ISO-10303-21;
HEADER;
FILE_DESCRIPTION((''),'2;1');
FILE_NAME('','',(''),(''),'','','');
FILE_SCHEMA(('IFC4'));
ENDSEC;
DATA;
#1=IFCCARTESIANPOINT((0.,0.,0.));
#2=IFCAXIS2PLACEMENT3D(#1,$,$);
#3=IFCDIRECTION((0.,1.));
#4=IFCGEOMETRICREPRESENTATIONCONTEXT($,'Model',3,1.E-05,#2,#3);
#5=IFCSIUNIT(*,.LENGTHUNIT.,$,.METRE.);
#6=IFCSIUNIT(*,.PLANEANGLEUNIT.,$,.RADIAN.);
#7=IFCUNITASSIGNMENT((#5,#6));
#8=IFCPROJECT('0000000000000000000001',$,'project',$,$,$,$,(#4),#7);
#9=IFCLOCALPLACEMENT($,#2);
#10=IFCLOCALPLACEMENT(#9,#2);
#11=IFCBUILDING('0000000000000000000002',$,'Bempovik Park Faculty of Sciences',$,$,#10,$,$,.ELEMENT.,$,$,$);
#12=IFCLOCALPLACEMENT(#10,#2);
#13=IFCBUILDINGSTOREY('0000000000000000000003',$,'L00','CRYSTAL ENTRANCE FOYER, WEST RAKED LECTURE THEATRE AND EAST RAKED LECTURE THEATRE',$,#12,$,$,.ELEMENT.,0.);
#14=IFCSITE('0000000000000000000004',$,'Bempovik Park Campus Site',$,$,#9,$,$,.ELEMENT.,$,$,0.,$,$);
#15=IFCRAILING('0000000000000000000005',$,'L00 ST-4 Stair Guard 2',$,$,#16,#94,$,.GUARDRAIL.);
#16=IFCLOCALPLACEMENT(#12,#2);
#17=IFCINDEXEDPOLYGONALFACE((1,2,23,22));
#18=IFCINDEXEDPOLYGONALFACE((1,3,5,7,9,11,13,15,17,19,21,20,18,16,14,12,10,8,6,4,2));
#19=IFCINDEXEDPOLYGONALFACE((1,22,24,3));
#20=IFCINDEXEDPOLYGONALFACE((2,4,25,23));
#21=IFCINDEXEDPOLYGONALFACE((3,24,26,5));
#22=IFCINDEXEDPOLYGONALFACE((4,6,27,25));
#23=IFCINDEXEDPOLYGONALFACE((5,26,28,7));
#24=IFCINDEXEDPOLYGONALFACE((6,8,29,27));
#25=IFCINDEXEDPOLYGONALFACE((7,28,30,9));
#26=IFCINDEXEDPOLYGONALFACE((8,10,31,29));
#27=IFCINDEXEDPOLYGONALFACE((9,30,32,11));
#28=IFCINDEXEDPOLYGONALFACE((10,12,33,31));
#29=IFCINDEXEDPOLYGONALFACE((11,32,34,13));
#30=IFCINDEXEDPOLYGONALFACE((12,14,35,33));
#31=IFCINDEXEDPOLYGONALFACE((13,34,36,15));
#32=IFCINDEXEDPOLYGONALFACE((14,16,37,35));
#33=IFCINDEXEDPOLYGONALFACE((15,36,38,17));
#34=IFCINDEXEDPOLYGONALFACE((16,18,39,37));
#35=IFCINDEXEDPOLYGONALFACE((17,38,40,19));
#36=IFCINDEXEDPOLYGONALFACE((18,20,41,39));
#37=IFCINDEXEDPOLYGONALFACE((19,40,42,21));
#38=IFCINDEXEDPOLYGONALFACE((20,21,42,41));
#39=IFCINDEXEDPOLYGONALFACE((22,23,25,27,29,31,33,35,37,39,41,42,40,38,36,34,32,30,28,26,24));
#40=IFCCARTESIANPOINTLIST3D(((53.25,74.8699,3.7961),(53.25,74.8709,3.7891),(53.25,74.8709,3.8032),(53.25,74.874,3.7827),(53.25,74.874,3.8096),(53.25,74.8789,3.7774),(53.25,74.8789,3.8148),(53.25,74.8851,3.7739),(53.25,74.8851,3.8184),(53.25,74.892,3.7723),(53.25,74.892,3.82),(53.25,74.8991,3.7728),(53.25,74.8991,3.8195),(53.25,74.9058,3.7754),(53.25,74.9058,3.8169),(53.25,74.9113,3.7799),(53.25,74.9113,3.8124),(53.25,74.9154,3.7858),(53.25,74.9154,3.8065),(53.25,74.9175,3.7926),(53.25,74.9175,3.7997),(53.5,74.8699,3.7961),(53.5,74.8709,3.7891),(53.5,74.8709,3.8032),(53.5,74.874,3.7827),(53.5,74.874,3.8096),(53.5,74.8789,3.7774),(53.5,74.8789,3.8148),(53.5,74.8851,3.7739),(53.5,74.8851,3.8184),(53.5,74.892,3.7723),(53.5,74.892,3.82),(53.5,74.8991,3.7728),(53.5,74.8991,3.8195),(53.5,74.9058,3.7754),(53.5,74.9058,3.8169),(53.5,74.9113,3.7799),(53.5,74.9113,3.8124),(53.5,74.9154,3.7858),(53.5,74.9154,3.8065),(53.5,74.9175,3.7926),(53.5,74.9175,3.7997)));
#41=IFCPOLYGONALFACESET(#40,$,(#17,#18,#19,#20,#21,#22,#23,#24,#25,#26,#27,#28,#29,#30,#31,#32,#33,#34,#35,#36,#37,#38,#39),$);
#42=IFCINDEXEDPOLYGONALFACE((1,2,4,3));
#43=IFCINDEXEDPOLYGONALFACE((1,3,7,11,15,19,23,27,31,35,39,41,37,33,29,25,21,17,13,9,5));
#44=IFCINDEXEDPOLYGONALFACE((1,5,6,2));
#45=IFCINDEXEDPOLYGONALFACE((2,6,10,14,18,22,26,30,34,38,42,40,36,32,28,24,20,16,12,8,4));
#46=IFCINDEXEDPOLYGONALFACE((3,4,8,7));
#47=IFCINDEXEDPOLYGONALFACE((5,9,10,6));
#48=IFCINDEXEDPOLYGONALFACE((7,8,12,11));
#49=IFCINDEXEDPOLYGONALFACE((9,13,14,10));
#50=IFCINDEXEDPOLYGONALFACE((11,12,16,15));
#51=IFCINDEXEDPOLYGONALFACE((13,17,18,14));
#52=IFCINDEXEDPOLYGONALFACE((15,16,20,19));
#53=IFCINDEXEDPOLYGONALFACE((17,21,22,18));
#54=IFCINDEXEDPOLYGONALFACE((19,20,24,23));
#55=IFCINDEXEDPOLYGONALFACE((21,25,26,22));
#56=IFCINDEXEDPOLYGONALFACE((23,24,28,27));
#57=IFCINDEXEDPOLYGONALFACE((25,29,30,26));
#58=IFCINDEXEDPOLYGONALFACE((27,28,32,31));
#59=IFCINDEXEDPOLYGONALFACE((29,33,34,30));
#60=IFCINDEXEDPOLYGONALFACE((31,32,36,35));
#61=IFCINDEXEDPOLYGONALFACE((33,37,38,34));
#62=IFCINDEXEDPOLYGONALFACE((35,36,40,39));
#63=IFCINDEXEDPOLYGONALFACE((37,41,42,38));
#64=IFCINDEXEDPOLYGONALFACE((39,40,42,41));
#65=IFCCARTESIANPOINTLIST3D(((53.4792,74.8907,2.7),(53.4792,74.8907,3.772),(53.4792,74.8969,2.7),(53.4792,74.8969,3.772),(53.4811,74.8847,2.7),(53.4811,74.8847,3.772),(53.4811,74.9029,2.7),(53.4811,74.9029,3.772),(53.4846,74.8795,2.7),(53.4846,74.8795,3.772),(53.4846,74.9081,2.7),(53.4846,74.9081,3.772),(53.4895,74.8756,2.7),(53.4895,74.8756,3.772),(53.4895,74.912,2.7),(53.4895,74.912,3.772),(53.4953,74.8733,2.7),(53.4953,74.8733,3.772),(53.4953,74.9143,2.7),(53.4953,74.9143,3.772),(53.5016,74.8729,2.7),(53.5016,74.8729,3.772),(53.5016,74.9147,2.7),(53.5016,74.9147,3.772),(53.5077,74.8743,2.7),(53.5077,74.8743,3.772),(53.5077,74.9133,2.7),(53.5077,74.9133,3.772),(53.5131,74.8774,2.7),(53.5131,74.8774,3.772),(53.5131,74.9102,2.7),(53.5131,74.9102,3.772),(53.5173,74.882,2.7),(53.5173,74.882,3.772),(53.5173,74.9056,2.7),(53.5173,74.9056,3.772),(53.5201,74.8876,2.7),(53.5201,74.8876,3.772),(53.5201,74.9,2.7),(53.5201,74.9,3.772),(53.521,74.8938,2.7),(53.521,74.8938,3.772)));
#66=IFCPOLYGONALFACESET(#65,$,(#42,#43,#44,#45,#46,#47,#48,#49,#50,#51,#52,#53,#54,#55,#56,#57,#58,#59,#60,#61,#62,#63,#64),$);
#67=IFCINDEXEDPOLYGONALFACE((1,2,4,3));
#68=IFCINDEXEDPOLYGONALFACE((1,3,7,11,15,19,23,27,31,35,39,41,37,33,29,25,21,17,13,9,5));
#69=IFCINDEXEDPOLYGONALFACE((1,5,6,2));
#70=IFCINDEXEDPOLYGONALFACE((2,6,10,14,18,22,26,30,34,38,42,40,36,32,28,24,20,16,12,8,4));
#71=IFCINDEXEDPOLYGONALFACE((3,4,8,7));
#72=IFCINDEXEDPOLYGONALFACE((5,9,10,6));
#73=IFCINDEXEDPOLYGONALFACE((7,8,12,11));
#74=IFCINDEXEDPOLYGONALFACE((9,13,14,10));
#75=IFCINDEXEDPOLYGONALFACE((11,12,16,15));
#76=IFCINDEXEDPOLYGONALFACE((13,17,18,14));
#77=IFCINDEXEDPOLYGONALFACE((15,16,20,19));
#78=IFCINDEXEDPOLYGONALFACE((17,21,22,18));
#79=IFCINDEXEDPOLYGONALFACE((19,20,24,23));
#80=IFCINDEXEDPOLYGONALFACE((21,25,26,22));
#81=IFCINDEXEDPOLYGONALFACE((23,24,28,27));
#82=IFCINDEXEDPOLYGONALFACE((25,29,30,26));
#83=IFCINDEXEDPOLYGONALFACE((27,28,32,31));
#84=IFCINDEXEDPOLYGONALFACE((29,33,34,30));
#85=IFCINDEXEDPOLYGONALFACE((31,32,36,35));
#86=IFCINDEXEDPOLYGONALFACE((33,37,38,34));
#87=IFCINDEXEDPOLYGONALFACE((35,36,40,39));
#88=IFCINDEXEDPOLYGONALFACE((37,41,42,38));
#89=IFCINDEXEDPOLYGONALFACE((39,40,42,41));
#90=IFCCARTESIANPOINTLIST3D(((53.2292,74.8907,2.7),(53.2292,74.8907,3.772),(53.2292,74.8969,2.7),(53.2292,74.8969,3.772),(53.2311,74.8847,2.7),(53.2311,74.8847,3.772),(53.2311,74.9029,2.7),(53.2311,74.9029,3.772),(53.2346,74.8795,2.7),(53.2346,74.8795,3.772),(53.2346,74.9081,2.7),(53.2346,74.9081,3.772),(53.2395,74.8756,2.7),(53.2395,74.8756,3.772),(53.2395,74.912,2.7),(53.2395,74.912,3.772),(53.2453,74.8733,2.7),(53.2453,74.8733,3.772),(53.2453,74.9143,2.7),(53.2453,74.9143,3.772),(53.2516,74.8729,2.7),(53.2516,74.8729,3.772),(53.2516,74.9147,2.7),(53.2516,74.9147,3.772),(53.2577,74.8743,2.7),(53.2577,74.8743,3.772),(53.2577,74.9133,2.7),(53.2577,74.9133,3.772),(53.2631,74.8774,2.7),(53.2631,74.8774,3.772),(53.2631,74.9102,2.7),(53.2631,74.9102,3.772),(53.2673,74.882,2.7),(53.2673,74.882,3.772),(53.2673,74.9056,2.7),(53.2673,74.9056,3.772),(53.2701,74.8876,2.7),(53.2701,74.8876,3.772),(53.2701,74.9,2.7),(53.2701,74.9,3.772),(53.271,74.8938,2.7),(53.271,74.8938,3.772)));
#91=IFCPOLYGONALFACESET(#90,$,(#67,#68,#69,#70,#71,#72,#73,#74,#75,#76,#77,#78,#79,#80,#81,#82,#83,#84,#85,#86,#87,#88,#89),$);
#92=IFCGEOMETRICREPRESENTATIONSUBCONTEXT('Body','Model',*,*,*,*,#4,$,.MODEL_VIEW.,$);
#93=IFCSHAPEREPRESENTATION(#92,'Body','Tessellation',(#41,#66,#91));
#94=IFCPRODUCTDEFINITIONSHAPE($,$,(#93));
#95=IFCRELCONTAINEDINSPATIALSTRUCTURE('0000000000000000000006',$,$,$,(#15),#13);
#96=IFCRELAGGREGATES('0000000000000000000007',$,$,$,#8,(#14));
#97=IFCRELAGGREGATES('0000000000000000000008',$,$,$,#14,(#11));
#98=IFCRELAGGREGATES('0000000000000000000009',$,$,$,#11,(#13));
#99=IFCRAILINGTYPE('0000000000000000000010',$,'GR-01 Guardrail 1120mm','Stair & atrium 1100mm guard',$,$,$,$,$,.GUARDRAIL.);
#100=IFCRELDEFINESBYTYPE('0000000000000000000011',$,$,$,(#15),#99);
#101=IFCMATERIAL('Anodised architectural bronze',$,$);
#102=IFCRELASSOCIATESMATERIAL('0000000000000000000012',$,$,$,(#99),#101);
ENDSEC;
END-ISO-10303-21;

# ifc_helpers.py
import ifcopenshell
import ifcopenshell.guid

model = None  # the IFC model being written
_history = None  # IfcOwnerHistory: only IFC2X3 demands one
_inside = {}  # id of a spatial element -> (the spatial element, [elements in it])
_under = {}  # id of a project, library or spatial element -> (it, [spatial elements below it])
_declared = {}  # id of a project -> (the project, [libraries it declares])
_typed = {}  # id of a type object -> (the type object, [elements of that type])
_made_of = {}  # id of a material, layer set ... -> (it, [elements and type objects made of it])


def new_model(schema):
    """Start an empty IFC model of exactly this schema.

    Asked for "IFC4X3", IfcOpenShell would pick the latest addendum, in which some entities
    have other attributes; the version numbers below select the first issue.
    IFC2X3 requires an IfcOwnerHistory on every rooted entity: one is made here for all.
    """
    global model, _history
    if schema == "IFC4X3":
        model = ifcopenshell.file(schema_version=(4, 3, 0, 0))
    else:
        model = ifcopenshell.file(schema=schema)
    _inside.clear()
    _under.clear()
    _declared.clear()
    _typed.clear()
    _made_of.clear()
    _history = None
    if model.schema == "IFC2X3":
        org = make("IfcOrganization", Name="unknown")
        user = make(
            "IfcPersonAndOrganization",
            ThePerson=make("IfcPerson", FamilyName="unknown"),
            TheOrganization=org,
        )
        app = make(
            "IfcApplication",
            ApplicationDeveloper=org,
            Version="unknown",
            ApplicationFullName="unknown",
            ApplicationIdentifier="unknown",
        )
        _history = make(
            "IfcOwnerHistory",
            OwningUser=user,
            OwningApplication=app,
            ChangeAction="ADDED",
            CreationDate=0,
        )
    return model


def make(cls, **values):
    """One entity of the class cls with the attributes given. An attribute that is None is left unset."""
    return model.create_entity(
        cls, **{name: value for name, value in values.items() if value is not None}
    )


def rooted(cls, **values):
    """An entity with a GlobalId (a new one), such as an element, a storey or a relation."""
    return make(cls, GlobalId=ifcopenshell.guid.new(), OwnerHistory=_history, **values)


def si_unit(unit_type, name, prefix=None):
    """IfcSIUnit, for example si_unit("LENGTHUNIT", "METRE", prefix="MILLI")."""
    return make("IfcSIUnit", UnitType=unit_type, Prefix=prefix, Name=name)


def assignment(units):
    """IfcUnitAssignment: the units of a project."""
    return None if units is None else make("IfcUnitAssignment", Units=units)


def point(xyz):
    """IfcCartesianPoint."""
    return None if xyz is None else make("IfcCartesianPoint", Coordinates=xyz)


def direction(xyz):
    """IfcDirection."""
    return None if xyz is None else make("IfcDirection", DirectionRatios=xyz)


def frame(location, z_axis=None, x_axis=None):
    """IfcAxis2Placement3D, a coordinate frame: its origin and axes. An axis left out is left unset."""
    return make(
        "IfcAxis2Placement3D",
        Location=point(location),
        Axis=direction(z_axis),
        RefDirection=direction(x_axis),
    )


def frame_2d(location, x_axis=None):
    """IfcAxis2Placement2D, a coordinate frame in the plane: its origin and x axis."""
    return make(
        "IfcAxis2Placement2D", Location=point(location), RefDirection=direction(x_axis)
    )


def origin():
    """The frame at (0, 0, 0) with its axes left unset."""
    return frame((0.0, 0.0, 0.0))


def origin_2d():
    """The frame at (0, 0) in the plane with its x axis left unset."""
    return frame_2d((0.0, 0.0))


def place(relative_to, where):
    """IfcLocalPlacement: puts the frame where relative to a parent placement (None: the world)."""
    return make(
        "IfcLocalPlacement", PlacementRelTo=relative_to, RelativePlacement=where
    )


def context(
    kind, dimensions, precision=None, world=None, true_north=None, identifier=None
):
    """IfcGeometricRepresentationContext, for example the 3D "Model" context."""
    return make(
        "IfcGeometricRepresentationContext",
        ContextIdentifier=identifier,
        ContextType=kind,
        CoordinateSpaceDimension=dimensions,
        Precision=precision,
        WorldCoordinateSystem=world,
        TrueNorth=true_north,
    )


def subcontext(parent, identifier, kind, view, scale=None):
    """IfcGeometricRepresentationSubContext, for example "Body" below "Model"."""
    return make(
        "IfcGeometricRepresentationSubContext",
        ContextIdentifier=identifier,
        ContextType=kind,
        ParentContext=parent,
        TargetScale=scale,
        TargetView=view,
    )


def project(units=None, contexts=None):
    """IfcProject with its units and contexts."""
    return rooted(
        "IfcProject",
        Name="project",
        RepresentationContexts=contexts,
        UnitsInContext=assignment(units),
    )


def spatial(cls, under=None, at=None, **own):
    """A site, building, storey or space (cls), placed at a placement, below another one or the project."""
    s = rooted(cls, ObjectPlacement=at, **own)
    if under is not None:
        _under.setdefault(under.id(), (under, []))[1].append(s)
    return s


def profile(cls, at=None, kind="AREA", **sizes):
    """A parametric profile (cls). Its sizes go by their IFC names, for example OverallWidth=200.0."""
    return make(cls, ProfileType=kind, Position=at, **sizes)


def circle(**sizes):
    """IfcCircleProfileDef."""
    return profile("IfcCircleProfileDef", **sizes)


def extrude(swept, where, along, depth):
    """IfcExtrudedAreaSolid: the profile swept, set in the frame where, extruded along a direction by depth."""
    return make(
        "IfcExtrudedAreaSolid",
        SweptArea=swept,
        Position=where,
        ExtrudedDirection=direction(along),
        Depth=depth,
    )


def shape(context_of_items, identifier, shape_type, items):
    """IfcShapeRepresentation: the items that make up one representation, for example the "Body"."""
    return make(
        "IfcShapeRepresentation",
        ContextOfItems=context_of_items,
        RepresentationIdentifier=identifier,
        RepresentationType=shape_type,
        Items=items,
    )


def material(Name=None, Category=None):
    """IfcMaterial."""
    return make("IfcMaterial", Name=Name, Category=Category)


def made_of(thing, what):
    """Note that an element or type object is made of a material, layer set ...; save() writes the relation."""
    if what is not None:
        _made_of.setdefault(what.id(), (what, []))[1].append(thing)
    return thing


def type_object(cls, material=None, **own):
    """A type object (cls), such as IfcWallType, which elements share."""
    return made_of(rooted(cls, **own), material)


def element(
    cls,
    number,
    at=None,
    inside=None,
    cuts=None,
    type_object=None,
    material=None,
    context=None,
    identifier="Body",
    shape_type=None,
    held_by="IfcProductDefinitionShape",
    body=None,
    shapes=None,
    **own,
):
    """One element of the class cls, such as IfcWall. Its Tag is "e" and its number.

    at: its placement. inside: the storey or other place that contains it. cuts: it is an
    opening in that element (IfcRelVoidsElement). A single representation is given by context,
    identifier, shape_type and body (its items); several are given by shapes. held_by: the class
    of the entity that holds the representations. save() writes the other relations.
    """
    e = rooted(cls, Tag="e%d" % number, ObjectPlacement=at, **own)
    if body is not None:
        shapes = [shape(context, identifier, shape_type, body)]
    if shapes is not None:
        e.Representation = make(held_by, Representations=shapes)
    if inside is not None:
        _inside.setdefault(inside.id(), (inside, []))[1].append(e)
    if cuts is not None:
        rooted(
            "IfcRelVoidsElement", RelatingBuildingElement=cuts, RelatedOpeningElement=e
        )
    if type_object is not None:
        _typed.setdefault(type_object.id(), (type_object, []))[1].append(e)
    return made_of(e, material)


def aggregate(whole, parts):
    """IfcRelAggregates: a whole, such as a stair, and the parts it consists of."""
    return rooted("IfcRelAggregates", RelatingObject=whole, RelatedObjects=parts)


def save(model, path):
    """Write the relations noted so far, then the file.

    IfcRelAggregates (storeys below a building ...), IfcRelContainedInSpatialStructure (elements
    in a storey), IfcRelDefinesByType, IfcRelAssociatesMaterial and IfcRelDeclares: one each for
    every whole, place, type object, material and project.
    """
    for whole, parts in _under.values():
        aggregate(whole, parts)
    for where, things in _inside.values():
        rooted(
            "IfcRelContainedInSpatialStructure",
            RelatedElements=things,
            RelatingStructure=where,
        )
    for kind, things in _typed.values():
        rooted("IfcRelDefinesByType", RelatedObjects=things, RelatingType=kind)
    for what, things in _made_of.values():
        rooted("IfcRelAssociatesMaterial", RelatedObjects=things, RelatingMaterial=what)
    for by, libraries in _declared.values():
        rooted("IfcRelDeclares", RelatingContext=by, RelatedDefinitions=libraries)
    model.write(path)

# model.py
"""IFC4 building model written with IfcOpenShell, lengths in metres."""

from ifc_helpers import new_model, si_unit, direction, frame, origin, origin_2d, place, context, subcontext, project, spatial, circle, extrude, material, type_object, element, save


model = new_model("IFC4")

# Units and contexts
model_context = context("Model", 3, precision=1e-05, world=origin(), true_north=direction((0.0, 1.0)))
body_context = subcontext(model_context, "Body", "Model", "MODEL_VIEW")
ifc_project = project(units=[si_unit("LENGTHUNIT", "METRE"), si_unit("PLANEANGLEUNIT", "RADIAN")], contexts=[model_context])

# Site, building, storey
site_placement = place(None, origin())
site = spatial("IfcSite", under=ifc_project, at=site_placement, Name="Bempovik Park Campus Site", CompositionType="ELEMENT", RefElevation=0.0)
building_placement = place(site_placement, origin())
building = spatial("IfcBuilding", under=site, at=building_placement, Name="Bempovik Park Faculty of Sciences", CompositionType="ELEMENT")
storey_placement = place(building_placement, origin())
storey = spatial("IfcBuildingStorey", under=building, at=storey_placement, Name="L00", Description="CRYSTAL ENTRANCE FOYER, WEST RAKED LECTURE THEATRE AND EAST RAKED LECTURE THEATRE", CompositionType="ELEMENT", Elevation=0.0)

# Shared definitions
ifc_material_1 = material(Name="Anodised architectural bronze")

# Railing
railing_type = type_object("IfcRailingType", Name="GR-01 Guardrail 1120mm", Description="Stair & atrium 1100mm guard", PredefinedType="GUARDRAIL", material=ifc_material_1)
railing_placement = place(storey_placement, frame((53.5, 74.8938, 2.7)))
element("IfcRailing", 1, at=railing_placement, inside=storey, type_object=railing_type, Name="L00 ST-4 Stair Guard 2", PredefinedType="GUARDRAIL", context=body_context, shape_type="SweptSolid", body=[
    extrude(circle(Radius=0.0239, at=origin_2d()), frame((0.0, 0.0, 1.0962), z_axis=(-1.0, 0.0, 0.0), x_axis=(0.0, -1.0, 0.0)), (0.0, 0.0, 1.0), 0.25),
    extrude(circle(Radius=0.021, at=origin_2d()), origin(), (0.0, 0.0, 1.0), 1.072),
    extrude(circle(Radius=0.021, at=origin_2d()), frame((-0.25, 0.0, 0.0)), (0.0, 0.0, 1.0), 1.072),
])

save(model, "model.ifc")
